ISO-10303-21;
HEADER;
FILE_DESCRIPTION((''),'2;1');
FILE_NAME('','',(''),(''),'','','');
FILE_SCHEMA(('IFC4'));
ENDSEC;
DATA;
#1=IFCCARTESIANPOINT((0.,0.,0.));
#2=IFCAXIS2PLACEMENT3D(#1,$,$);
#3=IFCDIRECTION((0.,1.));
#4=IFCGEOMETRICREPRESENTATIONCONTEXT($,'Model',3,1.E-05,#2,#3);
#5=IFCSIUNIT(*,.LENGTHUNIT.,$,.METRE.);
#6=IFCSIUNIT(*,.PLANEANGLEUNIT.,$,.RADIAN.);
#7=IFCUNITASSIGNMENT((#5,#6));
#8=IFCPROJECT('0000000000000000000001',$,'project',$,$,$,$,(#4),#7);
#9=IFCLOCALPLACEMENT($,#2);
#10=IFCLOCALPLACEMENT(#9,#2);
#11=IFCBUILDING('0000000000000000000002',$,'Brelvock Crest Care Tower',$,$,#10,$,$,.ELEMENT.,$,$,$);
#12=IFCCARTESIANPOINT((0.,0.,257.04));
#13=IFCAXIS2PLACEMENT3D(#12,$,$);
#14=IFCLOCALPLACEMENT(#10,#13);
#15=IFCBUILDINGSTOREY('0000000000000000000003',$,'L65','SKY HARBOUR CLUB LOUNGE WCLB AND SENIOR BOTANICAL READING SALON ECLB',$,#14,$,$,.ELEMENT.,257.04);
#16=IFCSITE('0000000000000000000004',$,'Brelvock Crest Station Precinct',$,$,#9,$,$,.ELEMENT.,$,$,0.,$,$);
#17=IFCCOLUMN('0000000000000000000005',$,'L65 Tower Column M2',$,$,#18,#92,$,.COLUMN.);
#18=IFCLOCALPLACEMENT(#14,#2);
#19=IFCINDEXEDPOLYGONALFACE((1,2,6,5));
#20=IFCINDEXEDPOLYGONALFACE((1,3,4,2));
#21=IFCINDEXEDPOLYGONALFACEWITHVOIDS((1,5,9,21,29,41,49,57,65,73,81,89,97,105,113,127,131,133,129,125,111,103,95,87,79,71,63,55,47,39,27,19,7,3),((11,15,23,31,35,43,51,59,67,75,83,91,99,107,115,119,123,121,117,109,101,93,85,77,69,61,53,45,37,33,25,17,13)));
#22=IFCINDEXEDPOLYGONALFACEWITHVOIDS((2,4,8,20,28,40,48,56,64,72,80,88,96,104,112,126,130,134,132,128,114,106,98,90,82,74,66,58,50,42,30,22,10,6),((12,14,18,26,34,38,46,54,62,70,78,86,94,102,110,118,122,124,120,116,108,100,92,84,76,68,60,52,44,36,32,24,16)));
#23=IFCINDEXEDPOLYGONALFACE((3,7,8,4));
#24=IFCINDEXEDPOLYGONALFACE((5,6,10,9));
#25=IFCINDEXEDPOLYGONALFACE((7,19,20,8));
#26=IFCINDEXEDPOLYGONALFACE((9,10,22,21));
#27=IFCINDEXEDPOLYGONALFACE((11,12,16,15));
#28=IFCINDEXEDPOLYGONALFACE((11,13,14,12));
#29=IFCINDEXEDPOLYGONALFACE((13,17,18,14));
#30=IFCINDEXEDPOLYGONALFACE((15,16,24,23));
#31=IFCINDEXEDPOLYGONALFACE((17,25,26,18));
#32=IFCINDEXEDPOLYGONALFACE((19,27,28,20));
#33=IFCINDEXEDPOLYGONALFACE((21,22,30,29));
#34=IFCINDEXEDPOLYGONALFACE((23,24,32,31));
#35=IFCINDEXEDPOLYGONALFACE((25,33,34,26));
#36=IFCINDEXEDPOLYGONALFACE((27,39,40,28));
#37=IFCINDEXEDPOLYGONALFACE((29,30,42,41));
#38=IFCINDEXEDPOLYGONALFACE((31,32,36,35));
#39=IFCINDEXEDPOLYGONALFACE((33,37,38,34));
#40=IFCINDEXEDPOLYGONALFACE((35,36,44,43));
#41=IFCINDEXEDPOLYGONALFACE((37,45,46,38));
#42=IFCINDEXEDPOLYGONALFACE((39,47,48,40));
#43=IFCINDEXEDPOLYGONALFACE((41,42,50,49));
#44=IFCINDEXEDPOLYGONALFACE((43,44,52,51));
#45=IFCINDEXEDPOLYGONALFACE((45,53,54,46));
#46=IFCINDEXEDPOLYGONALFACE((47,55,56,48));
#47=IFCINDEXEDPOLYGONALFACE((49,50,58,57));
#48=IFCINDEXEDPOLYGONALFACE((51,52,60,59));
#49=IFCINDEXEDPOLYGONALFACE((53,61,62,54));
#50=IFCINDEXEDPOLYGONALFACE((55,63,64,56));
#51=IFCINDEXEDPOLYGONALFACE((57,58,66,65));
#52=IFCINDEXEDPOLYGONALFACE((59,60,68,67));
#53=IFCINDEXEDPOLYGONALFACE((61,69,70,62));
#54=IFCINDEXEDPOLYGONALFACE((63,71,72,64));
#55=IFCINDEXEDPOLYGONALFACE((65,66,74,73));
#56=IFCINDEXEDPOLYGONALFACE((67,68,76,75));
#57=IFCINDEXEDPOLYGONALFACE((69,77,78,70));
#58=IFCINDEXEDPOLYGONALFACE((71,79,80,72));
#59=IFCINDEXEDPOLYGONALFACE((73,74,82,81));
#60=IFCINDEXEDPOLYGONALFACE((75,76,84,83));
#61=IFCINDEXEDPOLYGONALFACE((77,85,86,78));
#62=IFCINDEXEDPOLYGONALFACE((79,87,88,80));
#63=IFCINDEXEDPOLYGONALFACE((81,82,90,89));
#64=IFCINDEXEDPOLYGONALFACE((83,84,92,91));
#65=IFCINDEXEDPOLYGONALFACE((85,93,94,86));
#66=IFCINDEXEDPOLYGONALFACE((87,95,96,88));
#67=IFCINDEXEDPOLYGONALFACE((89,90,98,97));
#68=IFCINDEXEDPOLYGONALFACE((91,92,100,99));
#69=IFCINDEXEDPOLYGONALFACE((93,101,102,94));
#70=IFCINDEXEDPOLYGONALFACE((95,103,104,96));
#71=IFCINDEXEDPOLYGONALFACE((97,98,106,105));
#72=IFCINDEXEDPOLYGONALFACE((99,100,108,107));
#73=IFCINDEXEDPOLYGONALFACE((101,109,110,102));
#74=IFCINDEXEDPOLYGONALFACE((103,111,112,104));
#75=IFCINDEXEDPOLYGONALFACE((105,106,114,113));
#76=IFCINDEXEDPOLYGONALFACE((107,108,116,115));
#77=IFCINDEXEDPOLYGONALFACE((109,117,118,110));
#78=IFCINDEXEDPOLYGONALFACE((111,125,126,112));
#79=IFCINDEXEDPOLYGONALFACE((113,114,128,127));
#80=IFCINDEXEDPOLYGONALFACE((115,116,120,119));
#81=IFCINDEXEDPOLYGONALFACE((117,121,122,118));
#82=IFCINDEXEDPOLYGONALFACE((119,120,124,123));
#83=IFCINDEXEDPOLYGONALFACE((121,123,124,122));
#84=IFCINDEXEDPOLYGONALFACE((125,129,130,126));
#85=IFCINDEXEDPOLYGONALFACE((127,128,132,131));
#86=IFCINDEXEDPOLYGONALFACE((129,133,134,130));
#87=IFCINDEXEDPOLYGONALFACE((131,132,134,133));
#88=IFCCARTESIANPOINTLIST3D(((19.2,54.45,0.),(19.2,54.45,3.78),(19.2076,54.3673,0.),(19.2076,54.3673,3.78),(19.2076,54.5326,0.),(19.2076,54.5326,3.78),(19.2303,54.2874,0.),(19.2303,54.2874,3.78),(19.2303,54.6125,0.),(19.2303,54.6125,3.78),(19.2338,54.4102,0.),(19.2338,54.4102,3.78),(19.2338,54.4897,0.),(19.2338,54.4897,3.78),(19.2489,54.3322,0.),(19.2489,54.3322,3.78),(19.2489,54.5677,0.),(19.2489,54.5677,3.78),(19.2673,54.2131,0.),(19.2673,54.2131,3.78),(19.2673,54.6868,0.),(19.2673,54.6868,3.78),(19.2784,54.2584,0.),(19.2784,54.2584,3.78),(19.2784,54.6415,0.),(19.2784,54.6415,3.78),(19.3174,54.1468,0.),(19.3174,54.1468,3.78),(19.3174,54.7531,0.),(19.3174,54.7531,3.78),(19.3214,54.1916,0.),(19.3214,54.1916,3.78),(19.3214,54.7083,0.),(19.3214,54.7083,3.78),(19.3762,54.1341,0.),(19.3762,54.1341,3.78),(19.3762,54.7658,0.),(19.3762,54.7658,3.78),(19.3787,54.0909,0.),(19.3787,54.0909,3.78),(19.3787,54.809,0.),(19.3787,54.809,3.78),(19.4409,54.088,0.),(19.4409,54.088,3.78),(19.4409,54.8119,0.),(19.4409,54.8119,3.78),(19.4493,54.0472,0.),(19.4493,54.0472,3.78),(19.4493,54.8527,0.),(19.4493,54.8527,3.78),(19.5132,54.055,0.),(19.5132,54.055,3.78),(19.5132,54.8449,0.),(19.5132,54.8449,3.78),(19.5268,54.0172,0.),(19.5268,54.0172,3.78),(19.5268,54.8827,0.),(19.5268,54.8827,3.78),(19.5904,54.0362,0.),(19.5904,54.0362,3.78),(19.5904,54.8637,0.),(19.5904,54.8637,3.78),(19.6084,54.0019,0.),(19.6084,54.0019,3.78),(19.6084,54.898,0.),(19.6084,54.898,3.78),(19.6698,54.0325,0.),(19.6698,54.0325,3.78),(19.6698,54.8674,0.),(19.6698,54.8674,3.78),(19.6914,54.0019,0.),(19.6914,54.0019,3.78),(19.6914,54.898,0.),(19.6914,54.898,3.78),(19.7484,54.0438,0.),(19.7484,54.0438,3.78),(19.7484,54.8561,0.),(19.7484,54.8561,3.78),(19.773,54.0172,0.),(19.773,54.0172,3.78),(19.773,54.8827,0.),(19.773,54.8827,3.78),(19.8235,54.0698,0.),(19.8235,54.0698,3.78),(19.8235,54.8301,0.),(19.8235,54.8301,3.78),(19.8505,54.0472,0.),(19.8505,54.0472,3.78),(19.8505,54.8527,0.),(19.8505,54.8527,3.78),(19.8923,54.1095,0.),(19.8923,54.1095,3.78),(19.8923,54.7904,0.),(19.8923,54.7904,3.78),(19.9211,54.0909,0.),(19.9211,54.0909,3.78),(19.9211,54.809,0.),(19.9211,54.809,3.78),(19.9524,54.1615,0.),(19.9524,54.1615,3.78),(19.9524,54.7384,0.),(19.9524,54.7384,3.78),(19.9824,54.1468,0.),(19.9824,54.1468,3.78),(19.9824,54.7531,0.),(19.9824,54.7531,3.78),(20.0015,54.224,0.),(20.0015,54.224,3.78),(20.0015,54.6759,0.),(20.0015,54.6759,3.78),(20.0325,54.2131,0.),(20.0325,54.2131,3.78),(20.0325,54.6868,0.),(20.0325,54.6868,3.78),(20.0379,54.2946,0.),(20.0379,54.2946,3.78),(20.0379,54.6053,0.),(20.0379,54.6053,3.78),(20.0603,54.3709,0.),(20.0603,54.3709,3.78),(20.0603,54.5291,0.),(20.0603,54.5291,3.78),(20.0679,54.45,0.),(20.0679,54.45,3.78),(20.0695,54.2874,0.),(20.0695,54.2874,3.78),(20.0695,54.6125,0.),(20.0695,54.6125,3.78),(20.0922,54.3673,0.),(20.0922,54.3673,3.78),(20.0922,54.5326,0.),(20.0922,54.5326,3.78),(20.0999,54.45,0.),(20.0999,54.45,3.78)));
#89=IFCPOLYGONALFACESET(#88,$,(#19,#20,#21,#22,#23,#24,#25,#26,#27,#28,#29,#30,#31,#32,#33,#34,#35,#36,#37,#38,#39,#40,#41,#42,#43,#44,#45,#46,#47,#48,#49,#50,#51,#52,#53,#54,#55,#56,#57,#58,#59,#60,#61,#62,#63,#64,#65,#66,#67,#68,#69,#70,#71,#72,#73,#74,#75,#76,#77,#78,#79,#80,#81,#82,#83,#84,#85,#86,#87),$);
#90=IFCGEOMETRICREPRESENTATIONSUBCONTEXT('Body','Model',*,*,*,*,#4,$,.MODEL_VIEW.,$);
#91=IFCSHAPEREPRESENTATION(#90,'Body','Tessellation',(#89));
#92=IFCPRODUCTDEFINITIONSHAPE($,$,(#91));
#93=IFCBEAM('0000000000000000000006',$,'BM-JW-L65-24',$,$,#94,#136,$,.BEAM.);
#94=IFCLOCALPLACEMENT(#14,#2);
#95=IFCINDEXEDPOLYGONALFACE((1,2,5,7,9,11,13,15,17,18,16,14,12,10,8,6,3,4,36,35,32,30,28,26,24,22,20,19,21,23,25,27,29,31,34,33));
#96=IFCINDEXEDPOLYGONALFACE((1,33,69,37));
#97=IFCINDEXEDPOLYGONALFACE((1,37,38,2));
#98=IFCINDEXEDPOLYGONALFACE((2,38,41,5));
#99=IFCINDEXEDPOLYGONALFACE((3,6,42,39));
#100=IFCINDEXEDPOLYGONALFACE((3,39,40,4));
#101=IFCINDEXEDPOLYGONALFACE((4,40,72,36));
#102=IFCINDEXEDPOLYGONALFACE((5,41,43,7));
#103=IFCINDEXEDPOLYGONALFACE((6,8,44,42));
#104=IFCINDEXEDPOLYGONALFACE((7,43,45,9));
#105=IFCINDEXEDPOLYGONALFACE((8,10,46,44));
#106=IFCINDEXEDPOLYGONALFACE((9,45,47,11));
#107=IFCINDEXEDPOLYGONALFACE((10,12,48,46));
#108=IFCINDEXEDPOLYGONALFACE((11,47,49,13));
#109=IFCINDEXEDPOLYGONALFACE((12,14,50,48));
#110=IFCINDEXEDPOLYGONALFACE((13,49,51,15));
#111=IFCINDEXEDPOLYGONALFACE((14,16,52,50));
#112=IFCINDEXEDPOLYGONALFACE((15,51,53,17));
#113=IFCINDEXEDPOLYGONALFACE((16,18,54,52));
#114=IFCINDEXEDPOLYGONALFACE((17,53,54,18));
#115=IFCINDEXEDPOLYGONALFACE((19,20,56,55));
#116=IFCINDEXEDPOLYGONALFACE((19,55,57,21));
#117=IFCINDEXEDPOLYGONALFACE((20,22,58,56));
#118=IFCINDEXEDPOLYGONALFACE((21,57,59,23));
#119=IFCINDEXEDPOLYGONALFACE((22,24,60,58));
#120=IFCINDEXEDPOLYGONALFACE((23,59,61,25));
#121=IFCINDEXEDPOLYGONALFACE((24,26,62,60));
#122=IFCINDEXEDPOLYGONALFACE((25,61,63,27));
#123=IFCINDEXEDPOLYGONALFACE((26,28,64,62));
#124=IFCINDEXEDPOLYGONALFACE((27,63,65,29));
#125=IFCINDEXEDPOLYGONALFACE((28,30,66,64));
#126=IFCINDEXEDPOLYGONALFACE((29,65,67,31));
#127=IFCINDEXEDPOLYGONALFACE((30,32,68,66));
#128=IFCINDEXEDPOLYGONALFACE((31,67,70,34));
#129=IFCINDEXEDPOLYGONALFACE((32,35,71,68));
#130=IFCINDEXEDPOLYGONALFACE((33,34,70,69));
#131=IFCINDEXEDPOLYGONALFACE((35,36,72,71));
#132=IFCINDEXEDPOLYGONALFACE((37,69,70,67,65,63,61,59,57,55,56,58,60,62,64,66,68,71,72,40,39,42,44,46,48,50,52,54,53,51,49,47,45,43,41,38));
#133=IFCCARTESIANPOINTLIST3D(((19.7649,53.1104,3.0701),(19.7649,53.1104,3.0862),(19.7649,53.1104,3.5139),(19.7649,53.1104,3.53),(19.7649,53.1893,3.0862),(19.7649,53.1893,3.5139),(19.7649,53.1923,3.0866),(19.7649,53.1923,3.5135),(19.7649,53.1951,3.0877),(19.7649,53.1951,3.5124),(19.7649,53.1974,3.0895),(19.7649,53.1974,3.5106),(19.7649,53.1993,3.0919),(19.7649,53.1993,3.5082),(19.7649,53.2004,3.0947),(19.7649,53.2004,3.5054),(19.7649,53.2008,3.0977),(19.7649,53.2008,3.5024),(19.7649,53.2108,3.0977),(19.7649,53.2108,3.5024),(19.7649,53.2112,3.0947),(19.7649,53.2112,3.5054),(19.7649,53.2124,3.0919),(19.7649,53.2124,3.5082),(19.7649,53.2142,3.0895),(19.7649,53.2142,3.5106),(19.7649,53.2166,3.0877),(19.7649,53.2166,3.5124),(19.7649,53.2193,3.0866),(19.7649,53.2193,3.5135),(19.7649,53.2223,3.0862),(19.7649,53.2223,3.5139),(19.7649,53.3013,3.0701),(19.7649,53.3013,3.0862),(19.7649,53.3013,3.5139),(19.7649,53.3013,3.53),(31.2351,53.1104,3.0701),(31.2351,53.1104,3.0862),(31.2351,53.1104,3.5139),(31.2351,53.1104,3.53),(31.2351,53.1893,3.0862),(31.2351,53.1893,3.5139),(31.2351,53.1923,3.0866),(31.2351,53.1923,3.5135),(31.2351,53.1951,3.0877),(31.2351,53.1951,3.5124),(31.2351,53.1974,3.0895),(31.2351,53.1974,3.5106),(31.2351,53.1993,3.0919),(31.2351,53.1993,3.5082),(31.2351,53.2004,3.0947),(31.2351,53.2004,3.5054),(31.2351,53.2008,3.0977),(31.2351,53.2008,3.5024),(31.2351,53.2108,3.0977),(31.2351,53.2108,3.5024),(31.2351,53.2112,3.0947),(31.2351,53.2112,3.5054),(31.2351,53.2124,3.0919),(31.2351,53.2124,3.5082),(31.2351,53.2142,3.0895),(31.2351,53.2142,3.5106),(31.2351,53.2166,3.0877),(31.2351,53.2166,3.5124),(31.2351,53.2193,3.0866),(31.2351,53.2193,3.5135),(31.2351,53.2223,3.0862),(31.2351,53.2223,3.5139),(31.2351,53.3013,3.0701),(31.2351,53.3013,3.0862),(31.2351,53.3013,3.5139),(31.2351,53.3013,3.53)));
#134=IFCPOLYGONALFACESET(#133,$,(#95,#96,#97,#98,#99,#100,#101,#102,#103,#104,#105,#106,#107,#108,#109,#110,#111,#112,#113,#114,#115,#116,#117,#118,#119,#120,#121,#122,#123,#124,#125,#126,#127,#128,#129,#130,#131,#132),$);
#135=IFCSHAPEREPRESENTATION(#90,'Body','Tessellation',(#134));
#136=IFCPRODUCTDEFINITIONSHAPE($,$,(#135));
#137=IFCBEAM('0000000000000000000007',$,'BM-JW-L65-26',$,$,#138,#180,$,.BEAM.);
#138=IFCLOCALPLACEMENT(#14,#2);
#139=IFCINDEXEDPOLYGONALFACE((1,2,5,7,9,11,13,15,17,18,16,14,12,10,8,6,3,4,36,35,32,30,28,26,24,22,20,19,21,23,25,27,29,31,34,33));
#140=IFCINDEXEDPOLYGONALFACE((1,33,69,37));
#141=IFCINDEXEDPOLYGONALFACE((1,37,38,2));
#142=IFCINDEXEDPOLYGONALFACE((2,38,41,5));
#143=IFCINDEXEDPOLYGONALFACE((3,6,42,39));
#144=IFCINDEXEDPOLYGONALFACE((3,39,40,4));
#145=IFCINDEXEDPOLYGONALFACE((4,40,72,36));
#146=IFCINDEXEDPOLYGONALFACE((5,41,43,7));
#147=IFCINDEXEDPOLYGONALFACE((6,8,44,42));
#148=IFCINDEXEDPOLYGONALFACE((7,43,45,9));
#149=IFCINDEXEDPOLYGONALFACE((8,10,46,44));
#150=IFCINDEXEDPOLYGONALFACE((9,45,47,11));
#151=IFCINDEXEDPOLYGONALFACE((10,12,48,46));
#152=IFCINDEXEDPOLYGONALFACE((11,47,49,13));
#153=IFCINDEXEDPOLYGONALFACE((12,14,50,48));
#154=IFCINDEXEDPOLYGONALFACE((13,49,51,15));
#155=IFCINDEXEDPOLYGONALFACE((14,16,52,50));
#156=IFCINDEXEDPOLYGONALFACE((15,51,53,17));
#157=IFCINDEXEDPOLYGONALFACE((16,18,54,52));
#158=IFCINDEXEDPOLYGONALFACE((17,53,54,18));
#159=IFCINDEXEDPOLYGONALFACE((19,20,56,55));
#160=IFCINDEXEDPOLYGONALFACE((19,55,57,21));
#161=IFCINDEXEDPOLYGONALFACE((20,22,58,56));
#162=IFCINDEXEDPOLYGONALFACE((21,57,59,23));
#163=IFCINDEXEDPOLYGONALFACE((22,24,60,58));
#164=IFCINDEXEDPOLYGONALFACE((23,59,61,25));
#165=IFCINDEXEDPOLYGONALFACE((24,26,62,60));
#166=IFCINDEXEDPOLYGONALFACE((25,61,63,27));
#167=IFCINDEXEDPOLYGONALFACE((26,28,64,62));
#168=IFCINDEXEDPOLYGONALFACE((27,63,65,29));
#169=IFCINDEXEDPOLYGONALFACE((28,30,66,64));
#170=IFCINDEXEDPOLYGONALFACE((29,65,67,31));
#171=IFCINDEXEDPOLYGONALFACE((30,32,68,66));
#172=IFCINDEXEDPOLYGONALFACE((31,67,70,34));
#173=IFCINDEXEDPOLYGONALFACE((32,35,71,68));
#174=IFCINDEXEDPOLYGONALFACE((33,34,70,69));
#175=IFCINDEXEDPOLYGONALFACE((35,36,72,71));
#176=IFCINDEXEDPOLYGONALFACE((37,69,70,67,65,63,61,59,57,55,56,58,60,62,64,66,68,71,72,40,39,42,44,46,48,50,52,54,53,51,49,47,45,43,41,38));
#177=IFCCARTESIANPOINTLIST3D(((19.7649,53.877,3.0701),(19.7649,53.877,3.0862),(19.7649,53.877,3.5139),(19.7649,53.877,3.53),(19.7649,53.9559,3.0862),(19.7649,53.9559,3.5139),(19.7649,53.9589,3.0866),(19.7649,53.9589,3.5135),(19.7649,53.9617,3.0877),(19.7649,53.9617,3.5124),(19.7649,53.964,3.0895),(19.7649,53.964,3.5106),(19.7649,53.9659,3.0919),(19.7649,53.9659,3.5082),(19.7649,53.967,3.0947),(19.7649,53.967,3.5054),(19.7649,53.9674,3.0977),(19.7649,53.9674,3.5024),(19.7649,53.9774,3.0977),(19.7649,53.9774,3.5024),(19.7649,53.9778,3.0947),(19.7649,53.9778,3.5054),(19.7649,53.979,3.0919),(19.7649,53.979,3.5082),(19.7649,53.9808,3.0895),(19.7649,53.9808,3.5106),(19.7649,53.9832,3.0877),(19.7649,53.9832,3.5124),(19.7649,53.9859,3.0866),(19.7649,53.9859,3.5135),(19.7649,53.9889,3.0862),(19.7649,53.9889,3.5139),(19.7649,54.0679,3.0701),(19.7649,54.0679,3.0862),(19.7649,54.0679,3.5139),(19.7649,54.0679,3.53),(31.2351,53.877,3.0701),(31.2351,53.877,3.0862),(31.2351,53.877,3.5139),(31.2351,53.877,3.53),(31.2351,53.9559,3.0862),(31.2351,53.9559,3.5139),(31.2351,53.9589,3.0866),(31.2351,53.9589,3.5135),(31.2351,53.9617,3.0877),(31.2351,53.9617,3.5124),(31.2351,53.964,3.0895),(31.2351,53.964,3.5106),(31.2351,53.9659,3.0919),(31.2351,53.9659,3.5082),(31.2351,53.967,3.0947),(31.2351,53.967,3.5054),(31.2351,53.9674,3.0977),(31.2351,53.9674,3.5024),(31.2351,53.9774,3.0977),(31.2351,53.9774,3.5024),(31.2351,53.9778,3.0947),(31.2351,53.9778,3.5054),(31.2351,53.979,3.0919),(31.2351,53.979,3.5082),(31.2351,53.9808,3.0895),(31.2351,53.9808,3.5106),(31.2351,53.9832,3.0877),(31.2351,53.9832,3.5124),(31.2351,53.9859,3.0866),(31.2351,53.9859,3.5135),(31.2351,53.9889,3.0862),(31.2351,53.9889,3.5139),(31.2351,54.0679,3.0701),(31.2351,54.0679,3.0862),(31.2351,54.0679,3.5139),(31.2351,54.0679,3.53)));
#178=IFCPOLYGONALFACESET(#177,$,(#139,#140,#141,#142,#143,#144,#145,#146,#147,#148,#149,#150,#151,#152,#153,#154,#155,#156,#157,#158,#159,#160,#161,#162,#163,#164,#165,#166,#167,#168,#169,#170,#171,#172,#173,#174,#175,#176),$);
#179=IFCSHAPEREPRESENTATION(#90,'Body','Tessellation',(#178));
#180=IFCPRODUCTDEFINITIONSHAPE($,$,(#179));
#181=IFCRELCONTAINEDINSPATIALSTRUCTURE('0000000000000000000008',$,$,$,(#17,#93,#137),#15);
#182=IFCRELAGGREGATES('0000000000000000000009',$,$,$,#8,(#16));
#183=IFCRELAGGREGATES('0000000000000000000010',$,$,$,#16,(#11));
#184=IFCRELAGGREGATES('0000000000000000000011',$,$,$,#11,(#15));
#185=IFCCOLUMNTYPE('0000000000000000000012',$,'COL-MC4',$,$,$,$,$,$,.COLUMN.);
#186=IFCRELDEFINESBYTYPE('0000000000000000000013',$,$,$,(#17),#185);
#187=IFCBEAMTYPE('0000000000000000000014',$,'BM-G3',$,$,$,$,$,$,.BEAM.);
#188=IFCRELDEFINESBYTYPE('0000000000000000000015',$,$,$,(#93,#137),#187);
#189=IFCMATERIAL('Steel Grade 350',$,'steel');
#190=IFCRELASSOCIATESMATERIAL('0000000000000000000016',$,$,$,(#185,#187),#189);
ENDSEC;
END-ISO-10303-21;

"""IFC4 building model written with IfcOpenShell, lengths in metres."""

from ifc_helpers import new_model, si_unit, direction, frame, origin, origin_2d, place, context, subcontext, project, spatial, hollow_circle, i_section, extrude, source, transform, mapped, material, material_profile, profile_set, type_object, element, save


model = new_model("IFC4")

# Units and contexts
model_context = context("Model", 3, precision=1e-05, world=origin(), true_north=direction((0.0, 1.0)))
body_context = subcontext(model_context, "Body", "Model", "MODEL_VIEW")
ifc_project = project(units=[si_unit("LENGTHUNIT", "METRE"), si_unit("PLANEANGLEUNIT", "RADIAN")], contexts=[model_context])

# Site, building, storey
site_placement = place(None, origin())
site = spatial("IfcSite", under=ifc_project, at=site_placement, Name="Brelvock Crest Station Precinct", CompositionType="ELEMENT", RefElevation=0.0)
building_placement = place(site_placement, origin())
building = spatial("IfcBuilding", under=site, at=building_placement, Name="Brelvock Crest Care Tower", CompositionType="ELEMENT")
storey_placement = place(building_placement, frame((0.0, 0.0, 257.04)))
storey = spatial("IfcBuildingStorey", under=building, at=storey_placement, Name="L65", Description="SKY HARBOUR CLUB LOUNGE WCLB AND SENIOR BOTANICAL READING SALON ECLB", CompositionType="ELEMENT", Elevation=257.04)

# Column
ifc_material_1 = material(Name="Steel Grade 350", Category="steel")
ifc_material_profile_1 = material_profile(ifc_material_1, hollow_circle(Radius=0.45, WallThickness=0.032, at=origin_2d()), Name="CFT900x32")
ifc_profile_set_1 = profile_set([ifc_material_profile_1], Name="Steel Grade 350")
column_type = type_object("IfcColumnType", Name="COL-MC4", PredefinedType="COLUMN", material=ifc_profile_set_1)
shared_shape_1 = source(origin(), body_context, "Body", "SweptSolid", [
    extrude(hollow_circle(Radius=0.45, WallThickness=0.032, at=origin_2d()), origin(), (0.0, 0.0, 1.0), 3.78),
])
column_placement = place(storey_placement, frame((19.6499, 54.45, 0.0), z_axis=(0.0, 0.0, 1.0), x_axis=(1.0, 0.0, 0.0)))
element("IfcColumn", 1, at=column_placement, inside=storey, type_object=column_type, Name="L65 Tower Column M2", PredefinedType="COLUMN", context=body_context, shape_type="MappedRepresentation", body=[
    mapped(shared_shape_1, transform((0.0, 0.0, 0.0), x_axis=(1.0, 0.0, 0.0), y_axis=(0.0, 1.0, 0.0), z_axis=(0.0, 0.0, 1.0), scale=1.0)),
])

# Beams
ifc_material_profile_2 = material_profile(ifc_material_1, i_section(OverallWidth=0.1909, OverallDepth=0.46, WebThickness=0.01, FlangeThickness=0.0161, FilletRadius=0.0115, at=origin_2d()), Name="460UB82.1")
ifc_profile_set_2 = profile_set([ifc_material_profile_2], Name="Steel Grade 350")
beam_type_1 = type_object("IfcBeamType", Name="BM-G3", PredefinedType="BEAM", material=ifc_profile_set_2)
shared_shape_2 = source(origin(), body_context, "Body", "SweptSolid", [
    extrude(i_section(OverallWidth=0.1909, OverallDepth=0.46, WebThickness=0.01, FlangeThickness=0.0161, FilletRadius=0.0115, at=origin_2d()), origin(), (0.0, 0.0, 1.0), 11.4702),
])
for number, where, z_axis, x_axis, name in (
    (2, (19.7649, 53.2058, 3.3), (1.0, 0.0, 0.0), (0.0, 1.0, 0.0), "BM-JW-L65-24"),
    (3, (19.7649, 53.9724, 3.3), (1.0, 0.0, 0.0), (0.0, 1.0, 0.0), "BM-JW-L65-26"),
):
    element("IfcBeam", number, at=place(storey_placement, frame(where, z_axis=z_axis, x_axis=x_axis)), inside=storey, type_object=beam_type_1, Name=name, PredefinedType="BEAM", context=body_context, shape_type="MappedRepresentation", body=[
        mapped(shared_shape_2, transform((0.0, 0.0, 0.0), x_axis=(1.0, 0.0, 0.0), y_axis=(0.0, 1.0, 0.0), z_axis=(0.0, 0.0, 1.0), scale=1.0)),
    ])

save(model, "model.ifc")
